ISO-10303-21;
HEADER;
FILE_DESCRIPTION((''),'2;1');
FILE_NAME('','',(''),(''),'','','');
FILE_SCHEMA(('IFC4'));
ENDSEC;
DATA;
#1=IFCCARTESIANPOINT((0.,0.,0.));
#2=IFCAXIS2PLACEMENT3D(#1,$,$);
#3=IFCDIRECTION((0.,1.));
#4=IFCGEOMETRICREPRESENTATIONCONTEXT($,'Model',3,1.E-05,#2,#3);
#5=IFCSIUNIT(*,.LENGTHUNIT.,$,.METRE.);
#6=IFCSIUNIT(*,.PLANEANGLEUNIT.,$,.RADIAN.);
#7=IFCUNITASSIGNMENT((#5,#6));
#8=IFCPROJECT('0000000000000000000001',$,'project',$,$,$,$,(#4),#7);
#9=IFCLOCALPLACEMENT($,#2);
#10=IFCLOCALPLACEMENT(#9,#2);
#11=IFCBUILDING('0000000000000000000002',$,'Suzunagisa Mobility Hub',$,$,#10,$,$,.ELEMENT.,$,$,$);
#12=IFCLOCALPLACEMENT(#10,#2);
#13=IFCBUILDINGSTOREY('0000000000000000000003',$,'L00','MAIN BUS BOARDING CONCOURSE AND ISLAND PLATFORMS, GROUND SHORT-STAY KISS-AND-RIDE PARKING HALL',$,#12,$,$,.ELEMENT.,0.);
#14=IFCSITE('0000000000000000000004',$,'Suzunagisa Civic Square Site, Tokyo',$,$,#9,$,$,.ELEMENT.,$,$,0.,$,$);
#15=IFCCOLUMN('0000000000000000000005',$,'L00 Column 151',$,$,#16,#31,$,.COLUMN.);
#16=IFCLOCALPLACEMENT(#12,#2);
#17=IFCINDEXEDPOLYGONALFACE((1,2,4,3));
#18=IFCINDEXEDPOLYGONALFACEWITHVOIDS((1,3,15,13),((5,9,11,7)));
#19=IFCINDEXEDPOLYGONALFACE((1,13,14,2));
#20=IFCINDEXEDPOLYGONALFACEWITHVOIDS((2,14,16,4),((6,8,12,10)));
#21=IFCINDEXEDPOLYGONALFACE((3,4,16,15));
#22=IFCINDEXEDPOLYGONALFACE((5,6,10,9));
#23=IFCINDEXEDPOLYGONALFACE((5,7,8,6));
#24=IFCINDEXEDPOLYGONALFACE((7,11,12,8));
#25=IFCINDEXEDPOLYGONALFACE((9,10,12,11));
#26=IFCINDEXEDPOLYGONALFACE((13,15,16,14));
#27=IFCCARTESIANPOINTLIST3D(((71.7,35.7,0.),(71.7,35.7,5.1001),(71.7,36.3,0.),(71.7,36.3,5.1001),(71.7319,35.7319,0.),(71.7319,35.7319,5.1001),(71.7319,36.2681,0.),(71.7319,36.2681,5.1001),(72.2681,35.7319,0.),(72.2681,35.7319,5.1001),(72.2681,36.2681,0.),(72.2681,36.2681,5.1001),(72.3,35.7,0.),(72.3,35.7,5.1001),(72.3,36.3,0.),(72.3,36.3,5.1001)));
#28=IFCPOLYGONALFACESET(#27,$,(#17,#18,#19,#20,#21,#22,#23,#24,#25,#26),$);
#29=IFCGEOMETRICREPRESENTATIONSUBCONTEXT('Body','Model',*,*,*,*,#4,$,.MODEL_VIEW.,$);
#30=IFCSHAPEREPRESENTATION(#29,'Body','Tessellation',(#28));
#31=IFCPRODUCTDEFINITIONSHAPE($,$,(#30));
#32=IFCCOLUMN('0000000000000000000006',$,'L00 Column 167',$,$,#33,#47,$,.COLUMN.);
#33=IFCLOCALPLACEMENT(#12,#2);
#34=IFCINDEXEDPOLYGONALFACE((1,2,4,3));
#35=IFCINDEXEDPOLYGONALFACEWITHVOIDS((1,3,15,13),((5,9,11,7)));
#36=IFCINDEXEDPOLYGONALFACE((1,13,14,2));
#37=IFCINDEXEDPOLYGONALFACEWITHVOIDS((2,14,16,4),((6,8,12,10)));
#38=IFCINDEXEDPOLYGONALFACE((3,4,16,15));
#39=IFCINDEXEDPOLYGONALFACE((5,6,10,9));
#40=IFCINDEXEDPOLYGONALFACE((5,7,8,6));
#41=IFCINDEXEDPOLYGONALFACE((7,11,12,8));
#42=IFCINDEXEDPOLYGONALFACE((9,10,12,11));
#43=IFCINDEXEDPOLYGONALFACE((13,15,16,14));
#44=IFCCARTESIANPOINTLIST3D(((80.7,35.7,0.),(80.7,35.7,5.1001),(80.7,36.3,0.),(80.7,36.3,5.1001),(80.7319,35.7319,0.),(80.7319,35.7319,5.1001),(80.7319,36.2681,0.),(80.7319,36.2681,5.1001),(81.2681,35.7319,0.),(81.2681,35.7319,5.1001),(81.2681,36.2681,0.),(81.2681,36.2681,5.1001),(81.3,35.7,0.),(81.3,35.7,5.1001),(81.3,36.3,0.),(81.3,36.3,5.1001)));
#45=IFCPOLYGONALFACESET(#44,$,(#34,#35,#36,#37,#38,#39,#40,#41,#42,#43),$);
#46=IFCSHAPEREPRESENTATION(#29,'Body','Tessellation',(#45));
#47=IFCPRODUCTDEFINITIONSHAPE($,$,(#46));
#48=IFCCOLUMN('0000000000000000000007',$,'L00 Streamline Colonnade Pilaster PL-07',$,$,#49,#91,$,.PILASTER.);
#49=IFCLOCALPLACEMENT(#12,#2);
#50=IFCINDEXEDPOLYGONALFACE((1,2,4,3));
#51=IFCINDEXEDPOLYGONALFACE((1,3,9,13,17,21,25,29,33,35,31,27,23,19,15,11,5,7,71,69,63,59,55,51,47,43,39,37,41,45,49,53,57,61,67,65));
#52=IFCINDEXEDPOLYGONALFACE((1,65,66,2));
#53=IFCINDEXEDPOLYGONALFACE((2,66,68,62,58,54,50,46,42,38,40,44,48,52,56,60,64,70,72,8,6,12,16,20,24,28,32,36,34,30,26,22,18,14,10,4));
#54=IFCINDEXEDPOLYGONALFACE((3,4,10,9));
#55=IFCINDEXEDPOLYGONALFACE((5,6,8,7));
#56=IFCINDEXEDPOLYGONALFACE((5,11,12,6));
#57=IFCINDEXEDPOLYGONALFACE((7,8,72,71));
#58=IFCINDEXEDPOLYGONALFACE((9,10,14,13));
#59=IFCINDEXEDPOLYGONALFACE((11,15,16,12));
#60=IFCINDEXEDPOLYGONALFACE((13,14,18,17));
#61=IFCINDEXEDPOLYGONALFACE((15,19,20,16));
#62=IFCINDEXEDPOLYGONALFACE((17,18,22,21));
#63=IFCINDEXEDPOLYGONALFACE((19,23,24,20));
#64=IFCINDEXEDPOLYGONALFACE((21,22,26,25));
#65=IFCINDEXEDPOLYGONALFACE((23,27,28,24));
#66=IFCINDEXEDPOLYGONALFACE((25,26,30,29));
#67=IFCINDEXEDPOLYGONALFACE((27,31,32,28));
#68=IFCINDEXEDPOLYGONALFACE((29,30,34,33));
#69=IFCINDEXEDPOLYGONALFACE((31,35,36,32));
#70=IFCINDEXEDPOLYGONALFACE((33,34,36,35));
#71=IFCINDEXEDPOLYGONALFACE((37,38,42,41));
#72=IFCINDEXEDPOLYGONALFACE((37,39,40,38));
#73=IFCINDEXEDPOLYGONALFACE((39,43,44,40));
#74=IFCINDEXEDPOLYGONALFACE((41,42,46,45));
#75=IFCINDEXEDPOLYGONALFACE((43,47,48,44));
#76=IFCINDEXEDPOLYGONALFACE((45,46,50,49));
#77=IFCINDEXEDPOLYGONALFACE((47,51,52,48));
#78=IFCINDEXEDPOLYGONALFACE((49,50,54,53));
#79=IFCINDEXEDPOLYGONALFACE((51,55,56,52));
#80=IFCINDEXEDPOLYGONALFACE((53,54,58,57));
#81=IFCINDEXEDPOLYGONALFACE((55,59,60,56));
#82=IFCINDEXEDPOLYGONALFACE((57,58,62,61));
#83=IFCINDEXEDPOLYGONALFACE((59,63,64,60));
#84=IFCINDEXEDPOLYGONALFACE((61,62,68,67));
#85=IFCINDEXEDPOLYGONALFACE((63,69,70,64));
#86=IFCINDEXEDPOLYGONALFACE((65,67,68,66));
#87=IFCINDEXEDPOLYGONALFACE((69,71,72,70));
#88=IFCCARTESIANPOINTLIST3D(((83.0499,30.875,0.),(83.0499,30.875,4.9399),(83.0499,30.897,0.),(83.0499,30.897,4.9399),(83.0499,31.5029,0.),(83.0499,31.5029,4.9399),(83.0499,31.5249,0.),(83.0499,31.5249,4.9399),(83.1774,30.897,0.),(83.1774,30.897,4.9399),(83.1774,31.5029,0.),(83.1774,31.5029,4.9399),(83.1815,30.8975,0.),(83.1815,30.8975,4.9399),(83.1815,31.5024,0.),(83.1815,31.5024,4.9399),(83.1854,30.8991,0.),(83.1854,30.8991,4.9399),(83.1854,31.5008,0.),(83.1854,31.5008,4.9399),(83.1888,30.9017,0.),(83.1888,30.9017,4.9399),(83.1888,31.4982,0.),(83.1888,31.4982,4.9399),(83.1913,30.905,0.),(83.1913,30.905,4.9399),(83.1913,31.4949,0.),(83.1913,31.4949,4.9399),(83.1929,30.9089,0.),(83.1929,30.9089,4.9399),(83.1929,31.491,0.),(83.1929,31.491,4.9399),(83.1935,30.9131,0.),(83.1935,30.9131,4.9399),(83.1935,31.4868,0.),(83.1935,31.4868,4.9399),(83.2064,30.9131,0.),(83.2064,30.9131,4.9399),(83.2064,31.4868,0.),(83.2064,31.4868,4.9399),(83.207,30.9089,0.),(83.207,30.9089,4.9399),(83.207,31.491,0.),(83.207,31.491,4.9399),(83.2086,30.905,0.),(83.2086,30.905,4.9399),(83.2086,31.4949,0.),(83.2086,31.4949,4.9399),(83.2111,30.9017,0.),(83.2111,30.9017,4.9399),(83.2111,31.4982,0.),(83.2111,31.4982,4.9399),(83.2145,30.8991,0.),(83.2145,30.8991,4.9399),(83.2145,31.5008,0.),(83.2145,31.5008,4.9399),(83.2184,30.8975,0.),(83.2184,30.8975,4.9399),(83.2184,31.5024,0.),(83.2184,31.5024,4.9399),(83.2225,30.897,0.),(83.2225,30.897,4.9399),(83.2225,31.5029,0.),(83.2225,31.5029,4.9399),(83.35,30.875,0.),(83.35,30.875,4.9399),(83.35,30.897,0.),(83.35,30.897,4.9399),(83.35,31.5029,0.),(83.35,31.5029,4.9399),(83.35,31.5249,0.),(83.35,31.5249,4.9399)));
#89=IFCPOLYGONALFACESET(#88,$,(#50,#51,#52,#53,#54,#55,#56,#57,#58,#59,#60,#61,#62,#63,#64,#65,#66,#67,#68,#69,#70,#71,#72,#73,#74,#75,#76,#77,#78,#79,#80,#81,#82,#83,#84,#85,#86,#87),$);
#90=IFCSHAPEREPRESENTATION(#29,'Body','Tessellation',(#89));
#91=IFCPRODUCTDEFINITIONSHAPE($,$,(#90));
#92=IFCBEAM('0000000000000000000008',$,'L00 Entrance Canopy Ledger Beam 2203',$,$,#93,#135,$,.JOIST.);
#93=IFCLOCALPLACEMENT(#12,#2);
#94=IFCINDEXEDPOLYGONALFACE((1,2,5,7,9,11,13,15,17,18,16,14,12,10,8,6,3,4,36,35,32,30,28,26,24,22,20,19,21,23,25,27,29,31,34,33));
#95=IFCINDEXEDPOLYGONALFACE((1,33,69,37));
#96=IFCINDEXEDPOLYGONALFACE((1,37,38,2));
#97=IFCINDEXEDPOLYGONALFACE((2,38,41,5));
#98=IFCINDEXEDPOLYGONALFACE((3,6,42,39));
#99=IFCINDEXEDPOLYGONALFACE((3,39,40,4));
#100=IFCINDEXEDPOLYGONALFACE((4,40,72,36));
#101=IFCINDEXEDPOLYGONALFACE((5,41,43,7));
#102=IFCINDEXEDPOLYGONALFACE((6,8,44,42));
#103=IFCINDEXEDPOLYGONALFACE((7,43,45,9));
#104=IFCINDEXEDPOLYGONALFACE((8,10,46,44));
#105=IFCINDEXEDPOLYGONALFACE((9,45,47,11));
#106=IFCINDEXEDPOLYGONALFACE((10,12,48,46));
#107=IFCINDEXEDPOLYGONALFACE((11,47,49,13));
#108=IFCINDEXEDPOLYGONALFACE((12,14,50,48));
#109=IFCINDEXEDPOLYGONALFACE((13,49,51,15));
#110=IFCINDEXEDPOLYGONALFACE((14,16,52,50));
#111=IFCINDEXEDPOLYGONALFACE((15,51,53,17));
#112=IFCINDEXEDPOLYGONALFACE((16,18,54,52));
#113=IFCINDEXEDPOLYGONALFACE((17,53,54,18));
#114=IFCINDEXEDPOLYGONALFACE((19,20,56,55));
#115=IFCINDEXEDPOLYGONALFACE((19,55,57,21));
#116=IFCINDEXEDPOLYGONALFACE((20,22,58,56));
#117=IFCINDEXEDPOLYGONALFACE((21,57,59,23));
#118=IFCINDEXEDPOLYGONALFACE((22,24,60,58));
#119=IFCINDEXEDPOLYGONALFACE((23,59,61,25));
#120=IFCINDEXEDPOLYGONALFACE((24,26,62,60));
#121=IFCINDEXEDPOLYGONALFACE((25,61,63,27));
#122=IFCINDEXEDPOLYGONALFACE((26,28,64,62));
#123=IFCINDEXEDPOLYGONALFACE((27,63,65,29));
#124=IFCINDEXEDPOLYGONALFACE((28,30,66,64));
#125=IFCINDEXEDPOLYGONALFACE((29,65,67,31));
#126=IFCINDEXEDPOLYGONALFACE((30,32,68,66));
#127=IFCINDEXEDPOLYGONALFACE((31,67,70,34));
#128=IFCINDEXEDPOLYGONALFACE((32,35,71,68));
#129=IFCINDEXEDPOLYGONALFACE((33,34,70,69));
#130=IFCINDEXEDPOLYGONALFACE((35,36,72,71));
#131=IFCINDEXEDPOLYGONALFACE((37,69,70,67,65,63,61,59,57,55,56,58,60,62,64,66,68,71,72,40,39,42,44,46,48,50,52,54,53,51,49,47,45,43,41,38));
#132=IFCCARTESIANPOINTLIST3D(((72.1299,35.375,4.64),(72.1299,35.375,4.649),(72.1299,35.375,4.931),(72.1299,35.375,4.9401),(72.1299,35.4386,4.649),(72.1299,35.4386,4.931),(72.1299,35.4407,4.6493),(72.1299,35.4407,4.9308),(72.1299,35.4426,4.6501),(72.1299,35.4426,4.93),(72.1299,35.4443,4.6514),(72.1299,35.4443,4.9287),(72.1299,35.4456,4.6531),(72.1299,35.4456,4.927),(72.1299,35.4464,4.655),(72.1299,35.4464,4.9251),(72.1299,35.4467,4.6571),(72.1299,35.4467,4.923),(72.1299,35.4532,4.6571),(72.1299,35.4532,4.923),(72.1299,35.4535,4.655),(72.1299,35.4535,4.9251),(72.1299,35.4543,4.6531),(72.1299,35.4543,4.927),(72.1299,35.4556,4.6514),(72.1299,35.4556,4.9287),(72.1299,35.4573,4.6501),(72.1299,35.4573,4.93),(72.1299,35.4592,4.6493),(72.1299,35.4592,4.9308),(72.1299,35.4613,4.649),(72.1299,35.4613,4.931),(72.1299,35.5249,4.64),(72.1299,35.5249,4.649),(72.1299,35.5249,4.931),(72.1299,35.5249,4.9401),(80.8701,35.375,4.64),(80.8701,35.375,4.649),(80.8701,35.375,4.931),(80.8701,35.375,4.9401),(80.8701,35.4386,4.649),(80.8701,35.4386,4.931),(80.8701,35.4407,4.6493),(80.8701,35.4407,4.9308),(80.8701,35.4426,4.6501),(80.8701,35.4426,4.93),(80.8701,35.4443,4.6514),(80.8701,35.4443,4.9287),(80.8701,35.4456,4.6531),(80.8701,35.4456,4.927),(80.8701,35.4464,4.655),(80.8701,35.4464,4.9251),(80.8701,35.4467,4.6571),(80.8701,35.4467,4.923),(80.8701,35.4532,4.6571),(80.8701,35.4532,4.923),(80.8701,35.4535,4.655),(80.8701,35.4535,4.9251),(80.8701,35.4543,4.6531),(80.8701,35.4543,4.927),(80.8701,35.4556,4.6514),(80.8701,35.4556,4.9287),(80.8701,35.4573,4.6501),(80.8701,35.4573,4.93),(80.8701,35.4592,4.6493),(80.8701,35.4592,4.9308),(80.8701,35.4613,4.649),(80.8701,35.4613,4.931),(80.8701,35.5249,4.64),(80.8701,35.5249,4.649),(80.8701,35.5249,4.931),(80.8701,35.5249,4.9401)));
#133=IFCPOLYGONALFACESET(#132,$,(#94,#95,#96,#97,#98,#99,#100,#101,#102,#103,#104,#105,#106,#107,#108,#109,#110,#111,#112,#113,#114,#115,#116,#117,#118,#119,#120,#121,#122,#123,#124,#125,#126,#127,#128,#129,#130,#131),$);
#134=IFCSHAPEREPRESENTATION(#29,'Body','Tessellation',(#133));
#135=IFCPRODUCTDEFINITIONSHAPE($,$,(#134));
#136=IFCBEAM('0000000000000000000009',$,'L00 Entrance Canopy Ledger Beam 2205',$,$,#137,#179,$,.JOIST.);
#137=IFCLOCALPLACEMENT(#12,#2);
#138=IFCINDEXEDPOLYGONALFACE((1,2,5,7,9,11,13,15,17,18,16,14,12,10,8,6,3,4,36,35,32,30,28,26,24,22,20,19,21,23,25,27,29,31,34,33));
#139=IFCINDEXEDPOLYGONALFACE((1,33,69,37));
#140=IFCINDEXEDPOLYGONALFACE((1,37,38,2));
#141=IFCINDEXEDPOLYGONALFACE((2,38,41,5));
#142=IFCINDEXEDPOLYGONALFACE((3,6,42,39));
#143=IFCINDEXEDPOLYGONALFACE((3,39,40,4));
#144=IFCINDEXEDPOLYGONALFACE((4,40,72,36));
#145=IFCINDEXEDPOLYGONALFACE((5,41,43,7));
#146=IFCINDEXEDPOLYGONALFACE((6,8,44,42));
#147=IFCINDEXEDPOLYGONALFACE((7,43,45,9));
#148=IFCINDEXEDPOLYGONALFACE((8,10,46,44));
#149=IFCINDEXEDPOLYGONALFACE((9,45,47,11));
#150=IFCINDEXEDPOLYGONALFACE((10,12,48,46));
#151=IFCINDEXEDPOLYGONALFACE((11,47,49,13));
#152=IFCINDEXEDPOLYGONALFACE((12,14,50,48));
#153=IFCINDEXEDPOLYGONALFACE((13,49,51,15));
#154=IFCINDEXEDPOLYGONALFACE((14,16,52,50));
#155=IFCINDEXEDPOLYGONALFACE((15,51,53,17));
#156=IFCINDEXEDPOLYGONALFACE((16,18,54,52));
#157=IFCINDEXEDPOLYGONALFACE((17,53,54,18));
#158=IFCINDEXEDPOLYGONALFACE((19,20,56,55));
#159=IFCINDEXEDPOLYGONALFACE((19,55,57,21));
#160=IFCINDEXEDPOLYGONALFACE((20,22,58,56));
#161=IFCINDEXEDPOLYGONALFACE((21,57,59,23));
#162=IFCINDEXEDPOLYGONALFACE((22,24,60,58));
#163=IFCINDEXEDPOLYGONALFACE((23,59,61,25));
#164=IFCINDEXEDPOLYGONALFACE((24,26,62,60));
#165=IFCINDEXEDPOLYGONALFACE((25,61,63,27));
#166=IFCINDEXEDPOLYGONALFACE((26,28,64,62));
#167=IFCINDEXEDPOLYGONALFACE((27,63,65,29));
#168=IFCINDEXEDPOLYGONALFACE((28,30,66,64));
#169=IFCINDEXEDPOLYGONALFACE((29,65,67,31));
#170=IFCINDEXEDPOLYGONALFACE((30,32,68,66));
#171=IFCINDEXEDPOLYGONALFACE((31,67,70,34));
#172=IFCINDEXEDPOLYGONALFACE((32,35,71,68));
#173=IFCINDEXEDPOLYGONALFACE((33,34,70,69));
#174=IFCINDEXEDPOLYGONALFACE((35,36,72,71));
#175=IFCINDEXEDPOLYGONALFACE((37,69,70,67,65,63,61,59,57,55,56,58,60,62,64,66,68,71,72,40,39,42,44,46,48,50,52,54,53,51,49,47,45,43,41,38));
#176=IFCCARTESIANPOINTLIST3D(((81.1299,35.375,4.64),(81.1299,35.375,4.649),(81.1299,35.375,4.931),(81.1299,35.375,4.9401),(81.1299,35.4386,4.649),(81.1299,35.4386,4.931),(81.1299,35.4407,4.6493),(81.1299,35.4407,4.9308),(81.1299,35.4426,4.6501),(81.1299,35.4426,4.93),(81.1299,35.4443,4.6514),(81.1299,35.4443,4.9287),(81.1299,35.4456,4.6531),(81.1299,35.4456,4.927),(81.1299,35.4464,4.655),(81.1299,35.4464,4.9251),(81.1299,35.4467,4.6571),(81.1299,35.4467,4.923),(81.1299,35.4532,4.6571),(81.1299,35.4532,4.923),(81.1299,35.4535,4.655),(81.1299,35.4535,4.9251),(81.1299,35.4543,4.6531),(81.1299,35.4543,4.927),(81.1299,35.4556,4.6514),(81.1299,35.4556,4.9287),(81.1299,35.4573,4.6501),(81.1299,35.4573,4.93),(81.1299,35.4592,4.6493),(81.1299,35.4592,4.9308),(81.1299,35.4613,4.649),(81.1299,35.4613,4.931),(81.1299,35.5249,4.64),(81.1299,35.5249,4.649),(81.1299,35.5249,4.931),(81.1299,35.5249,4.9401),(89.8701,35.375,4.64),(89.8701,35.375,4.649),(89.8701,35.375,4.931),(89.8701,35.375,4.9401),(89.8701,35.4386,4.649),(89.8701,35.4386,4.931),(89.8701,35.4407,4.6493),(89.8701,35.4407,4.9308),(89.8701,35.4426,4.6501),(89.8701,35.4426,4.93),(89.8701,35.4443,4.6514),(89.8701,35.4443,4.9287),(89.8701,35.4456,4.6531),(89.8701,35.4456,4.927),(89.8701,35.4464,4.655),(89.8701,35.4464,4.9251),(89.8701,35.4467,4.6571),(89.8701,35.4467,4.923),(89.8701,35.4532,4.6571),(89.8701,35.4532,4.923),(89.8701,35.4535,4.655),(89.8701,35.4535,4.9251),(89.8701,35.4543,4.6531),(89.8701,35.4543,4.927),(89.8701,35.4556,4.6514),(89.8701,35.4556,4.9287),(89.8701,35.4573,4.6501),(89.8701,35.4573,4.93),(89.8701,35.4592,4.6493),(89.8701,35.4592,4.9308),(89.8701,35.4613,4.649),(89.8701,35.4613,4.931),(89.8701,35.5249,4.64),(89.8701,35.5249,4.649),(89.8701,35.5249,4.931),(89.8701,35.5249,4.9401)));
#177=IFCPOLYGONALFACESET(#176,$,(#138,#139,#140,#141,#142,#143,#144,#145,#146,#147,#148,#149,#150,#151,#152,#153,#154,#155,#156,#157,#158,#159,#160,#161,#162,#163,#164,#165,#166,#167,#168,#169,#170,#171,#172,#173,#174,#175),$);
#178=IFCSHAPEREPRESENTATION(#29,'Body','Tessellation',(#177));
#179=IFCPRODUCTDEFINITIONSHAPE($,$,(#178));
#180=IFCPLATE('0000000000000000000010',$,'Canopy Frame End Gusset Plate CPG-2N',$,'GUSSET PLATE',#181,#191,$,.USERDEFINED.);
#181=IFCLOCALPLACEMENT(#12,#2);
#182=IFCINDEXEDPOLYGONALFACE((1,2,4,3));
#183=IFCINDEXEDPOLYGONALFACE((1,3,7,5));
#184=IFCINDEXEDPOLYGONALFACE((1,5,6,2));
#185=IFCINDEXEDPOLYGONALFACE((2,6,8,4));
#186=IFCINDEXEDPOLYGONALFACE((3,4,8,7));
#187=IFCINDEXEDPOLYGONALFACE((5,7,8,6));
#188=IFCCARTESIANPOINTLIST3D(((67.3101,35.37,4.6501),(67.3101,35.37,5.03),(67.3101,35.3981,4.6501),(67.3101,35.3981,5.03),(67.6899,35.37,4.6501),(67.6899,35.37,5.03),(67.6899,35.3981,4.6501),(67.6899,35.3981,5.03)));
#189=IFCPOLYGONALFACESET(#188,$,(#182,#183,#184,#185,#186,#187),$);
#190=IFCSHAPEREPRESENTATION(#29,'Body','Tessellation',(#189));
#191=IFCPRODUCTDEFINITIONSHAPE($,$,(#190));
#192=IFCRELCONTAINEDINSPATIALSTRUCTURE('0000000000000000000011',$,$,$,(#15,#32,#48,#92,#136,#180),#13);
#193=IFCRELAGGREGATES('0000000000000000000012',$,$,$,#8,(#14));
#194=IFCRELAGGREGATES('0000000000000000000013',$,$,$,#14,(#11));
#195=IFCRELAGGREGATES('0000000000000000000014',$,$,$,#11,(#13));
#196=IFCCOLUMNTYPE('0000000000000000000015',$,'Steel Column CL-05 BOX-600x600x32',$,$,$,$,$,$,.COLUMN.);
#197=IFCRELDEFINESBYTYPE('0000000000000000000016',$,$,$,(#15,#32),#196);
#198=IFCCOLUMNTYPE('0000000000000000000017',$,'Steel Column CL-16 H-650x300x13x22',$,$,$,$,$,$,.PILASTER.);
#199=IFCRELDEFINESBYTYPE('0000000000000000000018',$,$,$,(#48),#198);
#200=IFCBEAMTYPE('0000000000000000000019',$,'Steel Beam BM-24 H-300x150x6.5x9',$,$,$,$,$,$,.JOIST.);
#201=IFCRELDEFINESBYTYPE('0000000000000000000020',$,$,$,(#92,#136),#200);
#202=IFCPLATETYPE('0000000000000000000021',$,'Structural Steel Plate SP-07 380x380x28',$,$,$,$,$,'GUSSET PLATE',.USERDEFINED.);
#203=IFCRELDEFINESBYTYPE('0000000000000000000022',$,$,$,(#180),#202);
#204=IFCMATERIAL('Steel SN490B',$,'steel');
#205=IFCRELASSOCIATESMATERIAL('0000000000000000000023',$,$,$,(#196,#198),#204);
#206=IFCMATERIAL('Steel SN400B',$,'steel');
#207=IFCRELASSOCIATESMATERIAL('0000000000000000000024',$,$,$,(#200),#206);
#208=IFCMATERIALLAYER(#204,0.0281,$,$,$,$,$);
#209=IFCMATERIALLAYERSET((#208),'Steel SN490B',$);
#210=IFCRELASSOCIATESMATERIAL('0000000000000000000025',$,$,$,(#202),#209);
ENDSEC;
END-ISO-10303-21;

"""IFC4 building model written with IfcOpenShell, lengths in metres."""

from ifc_helpers import new_model, si_unit, direction, frame, origin, origin_2d, place, context, subcontext, project, spatial, rectangle, hollow_rectangle, i_section, extrude, material, layer, layer_set, material_profile, profile_set, type_object, element, save


model = new_model("IFC4")

# Units and contexts
model_context = context("Model", 3, precision=1e-05, world=origin(), true_north=direction((0.0, 1.0)))
body_context = subcontext(model_context, "Body", "Model", "MODEL_VIEW")
ifc_project = project(units=[si_unit("LENGTHUNIT", "METRE"), si_unit("PLANEANGLEUNIT", "RADIAN")], contexts=[model_context])

# Site, building, storey
site_placement = place(None, origin())
site = spatial("IfcSite", under=ifc_project, at=site_placement, Name="Suzunagisa Civic Square Site, Tokyo", CompositionType="ELEMENT", RefElevation=0.0)
building_placement = place(site_placement, origin())
building = spatial("IfcBuilding", under=site, at=building_placement, Name="Suzunagisa Mobility Hub", CompositionType="ELEMENT")
storey_placement = place(building_placement, origin())
storey = spatial("IfcBuildingStorey", under=building, at=storey_placement, Name="L00", Description="MAIN BUS BOARDING CONCOURSE AND ISLAND PLATFORMS, GROUND SHORT-STAY KISS-AND-RIDE PARKING HALL", CompositionType="ELEMENT", Elevation=0.0)

# Columns
ifc_material_1 = material(Name="Steel SN490B", Category="steel")
ifc_material_profile_1 = material_profile(ifc_material_1, hollow_rectangle(XDim=0.6001, YDim=0.6001, WallThickness=0.032, at=origin_2d()), Name="BOX-600x600x32")
ifc_profile_set_1 = profile_set([ifc_material_profile_1], Name="Steel SN490B")
column_type_1 = type_object("IfcColumnType", Name="Steel Column CL-05 BOX-600x600x32", PredefinedType="COLUMN", material=ifc_profile_set_1)
for number, where, z_axis, x_axis, name in (
    (1, (72.0, 36.0, 0.0), (0.0, 0.0, 1.0), (1.0, 0.0, 0.0), "L00 Column 151"),
    (2, (81.0, 36.0, 0.0), (0.0, 0.0, 1.0), (1.0, 0.0, 0.0), "L00 Column 167"),
):
    element("IfcColumn", number, at=place(storey_placement, frame(where, z_axis=z_axis, x_axis=x_axis)), inside=storey, type_object=column_type_1, Name=name, PredefinedType="COLUMN", context=body_context, shape_type="SweptSolid", body=[
        extrude(hollow_rectangle(XDim=0.6001, YDim=0.6001, WallThickness=0.032, at=origin_2d()), origin(), (0.0, 0.0, 1.0), 5.1001),
    ])
ifc_material_profile_2 = material_profile(ifc_material_1, i_section(OverallWidth=0.3, OverallDepth=0.6499, WebThickness=0.0129, FlangeThickness=0.022, FilletRadius=0.0161, at=origin_2d()), Name="H-650x300x13x22")
ifc_profile_set_2 = profile_set([ifc_material_profile_2], Name="Steel SN490B")
column_type_2 = type_object("IfcColumnType", Name="Steel Column CL-16 H-650x300x13x22", PredefinedType="PILASTER", material=ifc_profile_set_2)
column_placement = place(storey_placement, frame((83.2, 31.2, 0.0), z_axis=(0.0, 0.0, 1.0), x_axis=(1.0, 0.0, 0.0)))
element("IfcColumn", 3, at=column_placement, inside=storey, type_object=column_type_2, Name="L00 Streamline Colonnade Pilaster PL-07", PredefinedType="PILASTER", context=body_context, shape_type="SweptSolid", body=[
    extrude(i_section(OverallWidth=0.3, OverallDepth=0.6499, WebThickness=0.0129, FlangeThickness=0.022, FilletRadius=0.0161, at=origin_2d()), origin(), (0.0, 0.0, 1.0), 4.9399),
])

# Beams
ifc_material_2 = material(Name="Steel SN400B", Category="steel")
ifc_material_profile_3 = material_profile(ifc_material_2, i_section(OverallWidth=0.1499, OverallDepth=0.3, WebThickness=0.0066, FlangeThickness=0.009, FilletRadius=0.0081, at=origin_2d()), Name="H-300x150x6.5x9")
ifc_profile_set_3 = profile_set([ifc_material_profile_3], Name="Steel SN400B")
beam_type = type_object("IfcBeamType", Name="Steel Beam BM-24 H-300x150x6.5x9", PredefinedType="JOIST", material=ifc_profile_set_3)
for number, where, z_axis, x_axis, name in (
    (4, (72.1299, 35.45, 4.79), (1.0, 0.0, 0.0), (0.0, 1.0, 0.0), "L00 Entrance Canopy Ledger Beam 2203"),
    (5, (81.1299, 35.45, 4.79), (1.0, 0.0, 0.0), (0.0, 1.0, 0.0), "L00 Entrance Canopy Ledger Beam 2205"),
):
    element("IfcBeam", number, at=place(storey_placement, frame(where, z_axis=z_axis, x_axis=x_axis)), inside=storey, type_object=beam_type, Name=name, PredefinedType="JOIST", context=body_context, shape_type="SweptSolid", body=[
        extrude(i_section(OverallWidth=0.1499, OverallDepth=0.3, WebThickness=0.0066, FlangeThickness=0.009, FilletRadius=0.0081, at=origin_2d()), origin(), (0.0, 0.0, 1.0), 8.7402),
    ])

# Plate
ifc_layer_1 = layer(ifc_material_1, 0.0281)
ifc_layer_set_1 = layer_set([ifc_layer_1], Name="Steel SN490B")
plate_type = type_object("IfcPlateType", Name="Structural Steel Plate SP-07 380x380x28", ElementType="GUSSET PLATE", PredefinedType="USERDEFINED", material=ifc_layer_set_1)
for number, where, z_axis, x_axis, name in (
    (6, (67.5, 35.384, 4.6501), (0.0, 0.0, 1.0), (1.0, 0.0, 0.0), "Canopy Frame End Gusset Plate CPG-2N"),
):
    element("IfcPlate", number, at=place(storey_placement, frame(where, z_axis=z_axis, x_axis=x_axis)), inside=storey, type_object=plate_type, Name=name, ObjectType="GUSSET PLATE", PredefinedType="USERDEFINED", context=body_context, shape_type="SweptSolid", body=[
        extrude(rectangle(XDim=0.3799, YDim=0.0281, at=origin_2d()), origin(), (0.0, 0.0, 1.0), 0.3799),
    ])

save(model, "model.ifc")
